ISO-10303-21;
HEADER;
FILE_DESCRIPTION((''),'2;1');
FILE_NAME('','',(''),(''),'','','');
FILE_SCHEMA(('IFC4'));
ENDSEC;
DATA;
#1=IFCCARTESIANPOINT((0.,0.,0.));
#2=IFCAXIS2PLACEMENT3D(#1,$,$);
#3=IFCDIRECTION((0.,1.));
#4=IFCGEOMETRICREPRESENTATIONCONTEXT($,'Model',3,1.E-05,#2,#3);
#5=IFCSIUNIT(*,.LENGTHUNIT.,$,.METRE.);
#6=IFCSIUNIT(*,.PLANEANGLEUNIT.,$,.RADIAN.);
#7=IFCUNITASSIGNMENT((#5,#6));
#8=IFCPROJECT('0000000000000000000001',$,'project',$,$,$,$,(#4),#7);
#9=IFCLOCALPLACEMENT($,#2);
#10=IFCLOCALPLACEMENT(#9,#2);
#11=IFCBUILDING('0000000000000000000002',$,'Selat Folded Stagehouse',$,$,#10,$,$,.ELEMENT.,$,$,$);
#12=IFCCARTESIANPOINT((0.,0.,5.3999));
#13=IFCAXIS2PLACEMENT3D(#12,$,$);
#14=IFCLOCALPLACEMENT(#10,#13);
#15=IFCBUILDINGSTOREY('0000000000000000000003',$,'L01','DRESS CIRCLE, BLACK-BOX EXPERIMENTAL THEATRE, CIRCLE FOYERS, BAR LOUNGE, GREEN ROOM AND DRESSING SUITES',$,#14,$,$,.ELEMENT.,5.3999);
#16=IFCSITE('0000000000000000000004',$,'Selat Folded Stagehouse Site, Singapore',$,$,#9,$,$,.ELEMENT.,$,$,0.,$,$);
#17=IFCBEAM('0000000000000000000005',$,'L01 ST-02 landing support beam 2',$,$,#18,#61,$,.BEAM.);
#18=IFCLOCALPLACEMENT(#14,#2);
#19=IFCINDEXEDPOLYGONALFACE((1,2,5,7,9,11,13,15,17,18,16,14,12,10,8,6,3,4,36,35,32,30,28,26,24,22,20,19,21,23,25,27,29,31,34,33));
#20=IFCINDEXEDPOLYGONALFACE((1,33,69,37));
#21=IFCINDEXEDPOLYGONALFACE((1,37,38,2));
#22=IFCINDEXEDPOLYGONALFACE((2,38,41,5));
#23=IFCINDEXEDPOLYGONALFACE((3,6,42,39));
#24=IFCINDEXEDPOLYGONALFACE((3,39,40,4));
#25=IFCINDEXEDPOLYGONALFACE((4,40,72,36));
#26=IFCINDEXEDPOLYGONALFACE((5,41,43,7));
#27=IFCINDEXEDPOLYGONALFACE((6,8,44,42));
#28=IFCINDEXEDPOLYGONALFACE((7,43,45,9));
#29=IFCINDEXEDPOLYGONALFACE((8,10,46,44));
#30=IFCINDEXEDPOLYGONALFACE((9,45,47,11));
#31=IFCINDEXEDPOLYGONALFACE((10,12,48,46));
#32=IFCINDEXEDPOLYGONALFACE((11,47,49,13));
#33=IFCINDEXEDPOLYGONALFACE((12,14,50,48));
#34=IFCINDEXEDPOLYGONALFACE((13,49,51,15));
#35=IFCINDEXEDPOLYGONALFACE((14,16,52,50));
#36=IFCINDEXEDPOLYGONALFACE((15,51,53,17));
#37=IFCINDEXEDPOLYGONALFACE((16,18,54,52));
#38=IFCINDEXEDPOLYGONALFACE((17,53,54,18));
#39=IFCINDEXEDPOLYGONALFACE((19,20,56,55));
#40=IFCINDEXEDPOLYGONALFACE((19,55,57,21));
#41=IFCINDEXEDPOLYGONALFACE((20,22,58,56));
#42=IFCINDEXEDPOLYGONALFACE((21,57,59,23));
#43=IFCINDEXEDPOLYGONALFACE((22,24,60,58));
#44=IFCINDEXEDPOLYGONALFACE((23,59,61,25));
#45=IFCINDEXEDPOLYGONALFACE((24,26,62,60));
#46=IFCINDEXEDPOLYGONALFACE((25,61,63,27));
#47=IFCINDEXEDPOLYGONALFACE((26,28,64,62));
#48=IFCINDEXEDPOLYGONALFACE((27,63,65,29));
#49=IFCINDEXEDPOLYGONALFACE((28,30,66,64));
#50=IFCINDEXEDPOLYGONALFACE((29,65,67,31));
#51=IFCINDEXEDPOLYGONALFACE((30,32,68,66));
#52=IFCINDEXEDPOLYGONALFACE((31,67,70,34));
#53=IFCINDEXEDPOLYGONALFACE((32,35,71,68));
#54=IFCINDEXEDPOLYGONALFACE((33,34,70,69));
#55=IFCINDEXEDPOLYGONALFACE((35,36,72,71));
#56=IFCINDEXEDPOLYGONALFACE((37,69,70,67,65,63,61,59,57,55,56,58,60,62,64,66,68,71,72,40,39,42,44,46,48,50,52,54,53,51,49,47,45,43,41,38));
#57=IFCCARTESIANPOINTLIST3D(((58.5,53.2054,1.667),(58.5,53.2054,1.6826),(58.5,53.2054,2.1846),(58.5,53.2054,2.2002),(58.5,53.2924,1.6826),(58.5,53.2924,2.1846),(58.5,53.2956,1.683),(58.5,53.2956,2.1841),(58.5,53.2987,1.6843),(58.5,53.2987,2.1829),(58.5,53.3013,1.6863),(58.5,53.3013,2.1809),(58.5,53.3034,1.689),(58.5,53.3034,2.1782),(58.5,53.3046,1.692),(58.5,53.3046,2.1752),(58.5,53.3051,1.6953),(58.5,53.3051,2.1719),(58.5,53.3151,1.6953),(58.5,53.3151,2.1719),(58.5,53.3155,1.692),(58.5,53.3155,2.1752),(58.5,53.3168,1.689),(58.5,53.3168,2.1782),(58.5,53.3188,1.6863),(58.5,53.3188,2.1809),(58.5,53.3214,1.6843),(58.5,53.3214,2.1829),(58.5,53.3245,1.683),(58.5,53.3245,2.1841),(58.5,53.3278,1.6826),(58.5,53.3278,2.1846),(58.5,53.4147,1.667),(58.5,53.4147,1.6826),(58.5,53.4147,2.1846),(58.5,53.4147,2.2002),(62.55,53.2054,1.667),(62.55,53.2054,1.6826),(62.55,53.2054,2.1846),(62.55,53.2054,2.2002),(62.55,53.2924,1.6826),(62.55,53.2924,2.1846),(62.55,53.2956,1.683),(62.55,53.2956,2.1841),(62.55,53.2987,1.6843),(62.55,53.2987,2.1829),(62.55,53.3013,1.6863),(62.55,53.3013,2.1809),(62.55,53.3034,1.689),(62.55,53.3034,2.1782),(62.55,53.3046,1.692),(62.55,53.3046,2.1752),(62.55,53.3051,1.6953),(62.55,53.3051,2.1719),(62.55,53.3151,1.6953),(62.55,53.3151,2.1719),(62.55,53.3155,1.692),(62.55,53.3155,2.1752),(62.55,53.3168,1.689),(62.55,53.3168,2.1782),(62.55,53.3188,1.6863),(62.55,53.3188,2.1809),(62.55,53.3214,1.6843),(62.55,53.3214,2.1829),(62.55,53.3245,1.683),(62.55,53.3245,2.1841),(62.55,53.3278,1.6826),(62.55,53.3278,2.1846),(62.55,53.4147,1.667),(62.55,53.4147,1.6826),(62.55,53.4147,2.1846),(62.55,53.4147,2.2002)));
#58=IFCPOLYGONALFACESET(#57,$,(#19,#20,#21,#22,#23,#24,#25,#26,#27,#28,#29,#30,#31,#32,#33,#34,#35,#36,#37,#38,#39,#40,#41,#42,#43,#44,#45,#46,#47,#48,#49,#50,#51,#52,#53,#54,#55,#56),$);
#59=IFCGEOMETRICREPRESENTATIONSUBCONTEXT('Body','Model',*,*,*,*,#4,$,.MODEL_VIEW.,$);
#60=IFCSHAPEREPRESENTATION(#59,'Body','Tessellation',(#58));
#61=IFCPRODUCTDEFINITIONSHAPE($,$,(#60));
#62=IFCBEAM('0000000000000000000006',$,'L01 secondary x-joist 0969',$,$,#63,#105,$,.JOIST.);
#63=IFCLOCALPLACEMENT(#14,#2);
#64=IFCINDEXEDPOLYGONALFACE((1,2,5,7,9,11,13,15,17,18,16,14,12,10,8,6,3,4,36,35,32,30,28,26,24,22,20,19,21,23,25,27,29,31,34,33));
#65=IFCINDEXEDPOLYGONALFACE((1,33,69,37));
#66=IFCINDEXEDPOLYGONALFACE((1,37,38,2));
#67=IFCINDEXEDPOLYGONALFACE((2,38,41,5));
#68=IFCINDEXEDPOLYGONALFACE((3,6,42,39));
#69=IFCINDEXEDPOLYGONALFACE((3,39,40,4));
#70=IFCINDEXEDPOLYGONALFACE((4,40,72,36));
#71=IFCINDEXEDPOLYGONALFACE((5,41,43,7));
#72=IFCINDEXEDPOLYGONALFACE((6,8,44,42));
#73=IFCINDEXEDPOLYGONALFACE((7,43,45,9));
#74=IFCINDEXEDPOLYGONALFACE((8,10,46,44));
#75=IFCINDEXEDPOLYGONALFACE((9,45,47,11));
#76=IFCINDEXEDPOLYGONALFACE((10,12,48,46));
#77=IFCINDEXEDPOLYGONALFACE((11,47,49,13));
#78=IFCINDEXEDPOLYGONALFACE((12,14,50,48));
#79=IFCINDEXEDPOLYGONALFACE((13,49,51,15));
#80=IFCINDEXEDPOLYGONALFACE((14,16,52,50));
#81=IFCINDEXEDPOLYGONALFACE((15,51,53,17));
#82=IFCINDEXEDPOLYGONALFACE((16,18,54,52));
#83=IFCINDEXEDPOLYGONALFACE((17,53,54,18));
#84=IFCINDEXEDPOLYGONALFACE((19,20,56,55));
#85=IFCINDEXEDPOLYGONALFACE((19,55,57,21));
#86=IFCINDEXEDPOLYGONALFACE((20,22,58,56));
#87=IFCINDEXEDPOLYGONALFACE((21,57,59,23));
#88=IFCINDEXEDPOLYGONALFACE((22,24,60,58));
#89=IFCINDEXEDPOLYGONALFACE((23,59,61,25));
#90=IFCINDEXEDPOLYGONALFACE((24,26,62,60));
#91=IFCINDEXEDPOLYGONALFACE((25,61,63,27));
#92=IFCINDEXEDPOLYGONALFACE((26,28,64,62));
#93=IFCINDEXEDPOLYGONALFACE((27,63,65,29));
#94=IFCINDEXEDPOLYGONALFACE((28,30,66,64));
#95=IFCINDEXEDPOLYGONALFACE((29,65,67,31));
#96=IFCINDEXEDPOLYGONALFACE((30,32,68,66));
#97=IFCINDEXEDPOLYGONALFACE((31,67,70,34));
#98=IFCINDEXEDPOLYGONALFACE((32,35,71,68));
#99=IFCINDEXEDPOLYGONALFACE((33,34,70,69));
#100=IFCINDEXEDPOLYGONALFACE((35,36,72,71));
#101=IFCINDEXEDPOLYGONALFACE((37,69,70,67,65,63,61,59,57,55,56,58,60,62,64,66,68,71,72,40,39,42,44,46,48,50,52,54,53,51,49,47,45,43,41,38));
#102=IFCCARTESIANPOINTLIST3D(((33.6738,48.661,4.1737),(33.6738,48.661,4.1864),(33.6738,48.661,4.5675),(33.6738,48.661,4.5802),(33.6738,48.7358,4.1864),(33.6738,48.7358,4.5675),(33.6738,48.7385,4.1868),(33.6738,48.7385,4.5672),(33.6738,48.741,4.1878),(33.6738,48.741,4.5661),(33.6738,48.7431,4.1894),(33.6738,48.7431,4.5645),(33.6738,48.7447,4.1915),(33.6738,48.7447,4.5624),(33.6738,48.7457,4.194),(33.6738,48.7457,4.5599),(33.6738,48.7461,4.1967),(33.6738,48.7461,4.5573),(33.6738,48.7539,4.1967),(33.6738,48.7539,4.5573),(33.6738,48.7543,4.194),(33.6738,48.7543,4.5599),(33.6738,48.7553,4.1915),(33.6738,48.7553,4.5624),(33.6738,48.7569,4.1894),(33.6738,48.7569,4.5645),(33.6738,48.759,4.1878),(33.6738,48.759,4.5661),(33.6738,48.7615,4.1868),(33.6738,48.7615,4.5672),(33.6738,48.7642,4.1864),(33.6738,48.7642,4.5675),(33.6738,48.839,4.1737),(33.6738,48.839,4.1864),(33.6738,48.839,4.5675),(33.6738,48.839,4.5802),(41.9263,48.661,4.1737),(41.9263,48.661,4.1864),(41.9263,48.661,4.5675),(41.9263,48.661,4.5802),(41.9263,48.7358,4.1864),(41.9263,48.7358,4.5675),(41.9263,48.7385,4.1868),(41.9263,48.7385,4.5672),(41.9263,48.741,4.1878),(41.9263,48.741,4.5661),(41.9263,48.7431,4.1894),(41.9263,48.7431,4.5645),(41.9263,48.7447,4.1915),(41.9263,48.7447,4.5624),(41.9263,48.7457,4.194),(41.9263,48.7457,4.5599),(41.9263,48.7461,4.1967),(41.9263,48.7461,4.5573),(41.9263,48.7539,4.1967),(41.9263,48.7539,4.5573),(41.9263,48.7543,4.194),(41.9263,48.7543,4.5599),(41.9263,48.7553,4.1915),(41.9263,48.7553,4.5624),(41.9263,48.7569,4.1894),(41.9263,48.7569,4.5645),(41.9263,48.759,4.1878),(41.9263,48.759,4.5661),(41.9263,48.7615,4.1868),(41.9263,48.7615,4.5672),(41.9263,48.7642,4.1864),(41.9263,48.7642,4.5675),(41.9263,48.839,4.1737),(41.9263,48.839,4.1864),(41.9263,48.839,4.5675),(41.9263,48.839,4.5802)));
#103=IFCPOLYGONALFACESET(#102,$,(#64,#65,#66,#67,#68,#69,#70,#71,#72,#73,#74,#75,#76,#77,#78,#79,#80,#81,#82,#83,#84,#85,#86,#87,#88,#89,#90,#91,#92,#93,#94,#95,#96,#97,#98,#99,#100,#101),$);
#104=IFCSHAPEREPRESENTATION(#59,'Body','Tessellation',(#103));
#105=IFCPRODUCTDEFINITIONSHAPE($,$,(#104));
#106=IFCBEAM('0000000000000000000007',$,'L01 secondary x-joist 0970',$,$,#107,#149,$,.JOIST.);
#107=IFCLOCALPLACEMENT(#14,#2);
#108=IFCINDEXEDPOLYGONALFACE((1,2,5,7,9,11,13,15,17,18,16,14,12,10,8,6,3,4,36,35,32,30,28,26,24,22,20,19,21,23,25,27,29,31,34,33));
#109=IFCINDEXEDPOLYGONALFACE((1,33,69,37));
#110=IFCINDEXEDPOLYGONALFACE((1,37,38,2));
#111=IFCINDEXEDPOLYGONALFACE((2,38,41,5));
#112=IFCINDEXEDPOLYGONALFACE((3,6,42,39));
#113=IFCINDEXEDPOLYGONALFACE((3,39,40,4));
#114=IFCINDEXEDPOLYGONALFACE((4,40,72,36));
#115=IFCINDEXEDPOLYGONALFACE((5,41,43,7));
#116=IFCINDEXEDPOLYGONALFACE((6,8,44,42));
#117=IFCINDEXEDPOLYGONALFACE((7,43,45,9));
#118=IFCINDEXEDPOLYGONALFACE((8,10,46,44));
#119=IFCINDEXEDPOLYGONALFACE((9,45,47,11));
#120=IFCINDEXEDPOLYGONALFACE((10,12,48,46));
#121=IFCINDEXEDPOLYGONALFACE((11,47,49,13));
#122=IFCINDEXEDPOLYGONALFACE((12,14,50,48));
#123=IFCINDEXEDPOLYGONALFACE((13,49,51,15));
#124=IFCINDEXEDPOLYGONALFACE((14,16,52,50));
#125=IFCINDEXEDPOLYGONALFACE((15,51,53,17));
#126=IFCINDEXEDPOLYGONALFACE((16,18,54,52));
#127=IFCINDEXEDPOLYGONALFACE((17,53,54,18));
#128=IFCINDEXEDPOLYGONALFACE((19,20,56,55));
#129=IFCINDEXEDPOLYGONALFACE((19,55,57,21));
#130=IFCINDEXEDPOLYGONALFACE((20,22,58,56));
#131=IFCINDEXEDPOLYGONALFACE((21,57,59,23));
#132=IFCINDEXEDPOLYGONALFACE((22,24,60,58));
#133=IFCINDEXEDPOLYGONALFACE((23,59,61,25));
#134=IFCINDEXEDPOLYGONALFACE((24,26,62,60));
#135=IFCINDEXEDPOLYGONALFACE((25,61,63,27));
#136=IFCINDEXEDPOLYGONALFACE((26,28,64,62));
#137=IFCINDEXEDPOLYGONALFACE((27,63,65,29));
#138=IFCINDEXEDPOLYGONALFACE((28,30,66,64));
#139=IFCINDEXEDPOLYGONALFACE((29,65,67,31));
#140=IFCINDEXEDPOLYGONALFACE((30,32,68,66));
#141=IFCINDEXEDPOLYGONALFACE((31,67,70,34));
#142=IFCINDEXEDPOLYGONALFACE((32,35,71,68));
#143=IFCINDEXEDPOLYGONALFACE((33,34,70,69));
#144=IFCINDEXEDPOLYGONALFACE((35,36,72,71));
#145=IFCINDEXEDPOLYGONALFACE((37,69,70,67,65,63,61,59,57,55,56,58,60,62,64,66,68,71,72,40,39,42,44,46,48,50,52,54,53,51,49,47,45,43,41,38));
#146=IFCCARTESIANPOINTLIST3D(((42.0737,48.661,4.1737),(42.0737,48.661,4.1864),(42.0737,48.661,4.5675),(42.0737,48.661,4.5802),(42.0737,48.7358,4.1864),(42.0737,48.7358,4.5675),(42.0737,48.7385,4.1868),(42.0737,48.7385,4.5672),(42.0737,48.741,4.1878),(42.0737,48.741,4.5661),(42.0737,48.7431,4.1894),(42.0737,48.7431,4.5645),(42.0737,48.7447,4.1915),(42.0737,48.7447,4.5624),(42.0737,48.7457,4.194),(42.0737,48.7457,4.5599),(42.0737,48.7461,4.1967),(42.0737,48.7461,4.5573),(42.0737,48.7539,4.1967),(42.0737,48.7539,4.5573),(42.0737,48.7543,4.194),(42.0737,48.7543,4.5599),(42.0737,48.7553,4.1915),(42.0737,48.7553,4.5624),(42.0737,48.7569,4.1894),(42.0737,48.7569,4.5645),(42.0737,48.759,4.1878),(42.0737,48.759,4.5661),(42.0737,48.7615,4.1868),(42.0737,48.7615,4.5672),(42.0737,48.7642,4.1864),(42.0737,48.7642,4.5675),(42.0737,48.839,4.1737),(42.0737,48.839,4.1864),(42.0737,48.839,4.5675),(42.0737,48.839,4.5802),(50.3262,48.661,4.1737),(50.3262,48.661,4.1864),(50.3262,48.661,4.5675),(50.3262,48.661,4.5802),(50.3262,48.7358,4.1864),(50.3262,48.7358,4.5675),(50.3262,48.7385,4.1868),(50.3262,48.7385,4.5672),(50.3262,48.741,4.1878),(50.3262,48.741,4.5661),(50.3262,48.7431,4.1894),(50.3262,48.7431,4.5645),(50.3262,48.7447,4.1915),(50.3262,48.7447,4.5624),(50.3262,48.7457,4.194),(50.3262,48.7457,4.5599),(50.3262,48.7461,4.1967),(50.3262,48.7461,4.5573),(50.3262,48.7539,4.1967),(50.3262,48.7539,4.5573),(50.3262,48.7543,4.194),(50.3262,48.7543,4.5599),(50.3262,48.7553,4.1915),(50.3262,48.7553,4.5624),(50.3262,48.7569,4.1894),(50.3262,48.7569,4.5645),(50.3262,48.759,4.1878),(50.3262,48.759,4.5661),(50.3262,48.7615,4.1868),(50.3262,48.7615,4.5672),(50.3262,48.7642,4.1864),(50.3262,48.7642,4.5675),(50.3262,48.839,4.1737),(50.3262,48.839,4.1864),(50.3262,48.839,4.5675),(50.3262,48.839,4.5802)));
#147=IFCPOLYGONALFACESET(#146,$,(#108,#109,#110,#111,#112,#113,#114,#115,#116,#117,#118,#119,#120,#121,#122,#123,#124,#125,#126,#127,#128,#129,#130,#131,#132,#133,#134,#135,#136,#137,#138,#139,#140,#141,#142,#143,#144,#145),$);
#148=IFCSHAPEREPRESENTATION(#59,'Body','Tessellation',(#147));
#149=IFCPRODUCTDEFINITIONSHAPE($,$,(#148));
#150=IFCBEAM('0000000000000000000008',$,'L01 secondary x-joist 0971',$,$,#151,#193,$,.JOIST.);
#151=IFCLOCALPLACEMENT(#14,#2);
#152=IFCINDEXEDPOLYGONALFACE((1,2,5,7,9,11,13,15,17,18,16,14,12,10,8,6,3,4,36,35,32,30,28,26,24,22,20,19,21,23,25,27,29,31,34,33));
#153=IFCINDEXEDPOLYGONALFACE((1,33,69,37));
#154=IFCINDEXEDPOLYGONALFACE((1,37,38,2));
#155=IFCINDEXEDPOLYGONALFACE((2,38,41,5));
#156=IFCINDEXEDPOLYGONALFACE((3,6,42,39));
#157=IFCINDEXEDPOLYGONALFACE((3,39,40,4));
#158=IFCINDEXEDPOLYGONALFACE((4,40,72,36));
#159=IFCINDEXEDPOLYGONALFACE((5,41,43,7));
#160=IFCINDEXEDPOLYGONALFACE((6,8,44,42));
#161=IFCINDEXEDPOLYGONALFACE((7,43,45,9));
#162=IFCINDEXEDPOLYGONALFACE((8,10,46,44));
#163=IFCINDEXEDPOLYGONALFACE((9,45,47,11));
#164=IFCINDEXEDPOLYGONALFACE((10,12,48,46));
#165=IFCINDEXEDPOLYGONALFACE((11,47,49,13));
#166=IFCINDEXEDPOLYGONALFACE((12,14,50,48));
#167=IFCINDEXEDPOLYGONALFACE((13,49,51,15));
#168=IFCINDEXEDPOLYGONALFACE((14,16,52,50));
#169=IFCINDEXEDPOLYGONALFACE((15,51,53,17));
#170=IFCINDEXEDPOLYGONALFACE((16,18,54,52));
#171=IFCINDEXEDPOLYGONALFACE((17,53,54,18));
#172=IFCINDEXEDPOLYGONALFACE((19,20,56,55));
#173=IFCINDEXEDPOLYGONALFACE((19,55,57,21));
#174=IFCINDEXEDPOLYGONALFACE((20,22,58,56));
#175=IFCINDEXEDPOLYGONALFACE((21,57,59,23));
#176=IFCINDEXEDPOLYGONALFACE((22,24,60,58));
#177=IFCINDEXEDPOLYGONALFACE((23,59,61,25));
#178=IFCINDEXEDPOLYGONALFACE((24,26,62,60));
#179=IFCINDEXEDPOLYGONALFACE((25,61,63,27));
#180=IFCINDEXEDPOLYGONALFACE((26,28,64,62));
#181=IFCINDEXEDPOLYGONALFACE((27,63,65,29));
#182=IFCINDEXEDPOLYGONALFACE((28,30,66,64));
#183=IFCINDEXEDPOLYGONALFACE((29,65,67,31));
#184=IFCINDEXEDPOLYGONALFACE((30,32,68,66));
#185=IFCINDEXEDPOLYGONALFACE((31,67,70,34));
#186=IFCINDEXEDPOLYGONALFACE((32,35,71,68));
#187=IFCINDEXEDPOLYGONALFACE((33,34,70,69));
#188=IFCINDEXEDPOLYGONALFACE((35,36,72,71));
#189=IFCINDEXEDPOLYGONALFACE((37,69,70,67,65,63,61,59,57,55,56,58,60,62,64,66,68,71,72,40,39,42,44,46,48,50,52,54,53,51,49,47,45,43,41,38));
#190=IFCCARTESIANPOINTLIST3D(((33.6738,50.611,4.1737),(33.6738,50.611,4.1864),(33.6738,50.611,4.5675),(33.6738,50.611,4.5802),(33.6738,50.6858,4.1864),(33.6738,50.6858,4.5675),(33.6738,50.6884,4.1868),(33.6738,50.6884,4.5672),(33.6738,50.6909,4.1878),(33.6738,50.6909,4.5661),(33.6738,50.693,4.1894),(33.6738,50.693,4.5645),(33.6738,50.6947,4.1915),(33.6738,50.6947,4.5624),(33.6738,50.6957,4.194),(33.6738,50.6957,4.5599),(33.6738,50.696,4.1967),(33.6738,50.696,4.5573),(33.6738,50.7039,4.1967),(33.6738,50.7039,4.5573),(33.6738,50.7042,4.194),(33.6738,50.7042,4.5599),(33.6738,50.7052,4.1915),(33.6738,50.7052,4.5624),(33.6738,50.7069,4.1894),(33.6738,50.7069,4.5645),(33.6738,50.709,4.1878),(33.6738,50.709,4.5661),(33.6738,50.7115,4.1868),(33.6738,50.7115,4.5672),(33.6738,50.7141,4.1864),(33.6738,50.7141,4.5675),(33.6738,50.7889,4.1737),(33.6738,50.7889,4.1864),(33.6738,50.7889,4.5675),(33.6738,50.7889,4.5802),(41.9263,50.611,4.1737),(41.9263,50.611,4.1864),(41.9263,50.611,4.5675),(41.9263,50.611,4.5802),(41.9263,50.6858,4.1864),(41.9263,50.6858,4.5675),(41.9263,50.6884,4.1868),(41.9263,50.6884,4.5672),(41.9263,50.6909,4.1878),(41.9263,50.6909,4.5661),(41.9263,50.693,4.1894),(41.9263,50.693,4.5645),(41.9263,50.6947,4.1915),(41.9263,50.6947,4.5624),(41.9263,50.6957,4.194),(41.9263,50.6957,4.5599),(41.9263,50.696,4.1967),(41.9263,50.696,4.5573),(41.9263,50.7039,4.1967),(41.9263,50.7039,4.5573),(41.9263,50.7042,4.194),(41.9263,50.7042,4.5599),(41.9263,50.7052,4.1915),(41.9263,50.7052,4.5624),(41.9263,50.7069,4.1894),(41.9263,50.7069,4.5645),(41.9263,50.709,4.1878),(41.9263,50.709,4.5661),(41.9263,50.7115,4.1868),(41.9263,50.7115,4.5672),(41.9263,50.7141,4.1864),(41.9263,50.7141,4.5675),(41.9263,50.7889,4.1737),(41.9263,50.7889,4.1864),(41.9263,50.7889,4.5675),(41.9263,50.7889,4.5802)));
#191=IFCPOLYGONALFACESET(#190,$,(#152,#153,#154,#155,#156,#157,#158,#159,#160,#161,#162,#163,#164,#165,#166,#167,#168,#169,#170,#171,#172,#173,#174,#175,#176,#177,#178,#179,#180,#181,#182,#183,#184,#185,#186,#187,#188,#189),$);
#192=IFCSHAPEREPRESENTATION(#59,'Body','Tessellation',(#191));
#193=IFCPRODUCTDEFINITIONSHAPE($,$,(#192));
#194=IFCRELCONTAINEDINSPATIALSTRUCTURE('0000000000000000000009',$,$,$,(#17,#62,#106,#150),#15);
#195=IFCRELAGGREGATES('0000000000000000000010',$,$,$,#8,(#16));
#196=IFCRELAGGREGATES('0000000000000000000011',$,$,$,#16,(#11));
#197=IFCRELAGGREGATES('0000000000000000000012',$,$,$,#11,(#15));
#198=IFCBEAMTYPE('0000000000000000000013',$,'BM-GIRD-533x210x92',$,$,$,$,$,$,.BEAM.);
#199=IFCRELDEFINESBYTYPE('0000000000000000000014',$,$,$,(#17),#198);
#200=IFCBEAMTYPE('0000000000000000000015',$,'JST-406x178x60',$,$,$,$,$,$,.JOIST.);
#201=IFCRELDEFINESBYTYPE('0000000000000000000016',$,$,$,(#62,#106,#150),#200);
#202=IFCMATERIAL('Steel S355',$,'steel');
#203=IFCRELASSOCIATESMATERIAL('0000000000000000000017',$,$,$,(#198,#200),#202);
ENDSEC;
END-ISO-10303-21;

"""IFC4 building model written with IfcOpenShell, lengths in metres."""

from ifc_helpers import new_model, si_unit, direction, frame, origin, origin_2d, place, context, subcontext, project, spatial, i_section, extrude, material, material_profile, profile_set, type_object, element, save


model = new_model("IFC4")

# Units and contexts
model_context = context("Model", 3, precision=1e-05, world=origin(), true_north=direction((0.0, 1.0)))
body_context = subcontext(model_context, "Body", "Model", "MODEL_VIEW")
ifc_project = project(units=[si_unit("LENGTHUNIT", "METRE"), si_unit("PLANEANGLEUNIT", "RADIAN")], contexts=[model_context])

# Site, building, storey
site_placement = place(None, origin())
site = spatial("IfcSite", under=ifc_project, at=site_placement, Name="Selat Folded Stagehouse Site, Singapore", CompositionType="ELEMENT", RefElevation=0.0)
building_placement = place(site_placement, origin())
building = spatial("IfcBuilding", under=site, at=building_placement, Name="Selat Folded Stagehouse", CompositionType="ELEMENT")
storey_placement = place(building_placement, frame((0.0, 0.0, 5.3999)))
storey = spatial("IfcBuildingStorey", under=building, at=storey_placement, Name="L01", Description="DRESS CIRCLE, BLACK-BOX EXPERIMENTAL THEATRE, CIRCLE FOYERS, BAR LOUNGE, GREEN ROOM AND DRESSING SUITES", CompositionType="ELEMENT", Elevation=5.3999)

# Shared definitions
ifc_material_1 = material(Name="Steel S355", Category="steel")

# Beams
ifc_material_profile_1 = material_profile(ifc_material_1, i_section(OverallWidth=0.2092, OverallDepth=0.5332, WebThickness=0.01, FlangeThickness=0.0156, FilletRadius=0.0127, at=origin_2d()), Name="UKB 533x210x92")
ifc_profile_set_1 = profile_set([ifc_material_profile_1], Name="Steel S355")
beam_type_1 = type_object("IfcBeamType", Name="BM-GIRD-533x210x92", PredefinedType="BEAM", material=ifc_profile_set_1)
for number, where, z_axis, x_axis, name in (
    (1, (58.5, 53.3101, 1.9336), (1.0, 0.0, 0.0), (0.0, 1.0, 0.0), "L01 ST-02 landing support beam 2"),
):
    element("IfcBeam", number, at=place(storey_placement, frame(where, z_axis=z_axis, x_axis=x_axis)), inside=storey, type_object=beam_type_1, Name=name, PredefinedType="BEAM", context=body_context, shape_type="SweptSolid", body=[
        extrude(i_section(OverallWidth=0.2092, OverallDepth=0.5332, WebThickness=0.01, FlangeThickness=0.0156, FilletRadius=0.0127, at=origin_2d()), origin(), (0.0, 0.0, 1.0), 4.05),
    ])
ifc_material_profile_2 = material_profile(ifc_material_1, i_section(OverallWidth=0.178, OverallDepth=0.4065, WebThickness=0.0078, FlangeThickness=0.0127, FilletRadius=0.0103, at=origin_2d()), Name="UKB 406x178x60")
ifc_profile_set_2 = profile_set([ifc_material_profile_2], Name="Steel S355")
beam_type_2 = type_object("IfcBeamType", Name="JST-406x178x60", PredefinedType="JOIST", material=ifc_profile_set_2)
for number, where, z_axis, x_axis, name in (
    (2, (33.6738, 48.75, 4.377), (1.0, 0.0, 0.0), (0.0, 1.0, 0.0), "L01 secondary x-joist 0969"),
    (3, (42.0737, 48.75, 4.377), (1.0, 0.0, 0.0), (0.0, 1.0, 0.0), "L01 secondary x-joist 0970"),
    (4, (33.6738, 50.7, 4.377), (1.0, 0.0, 0.0), (0.0, 1.0, 0.0), "L01 secondary x-joist 0971"),
):
    element("IfcBeam", number, at=place(storey_placement, frame(where, z_axis=z_axis, x_axis=x_axis)), inside=storey, type_object=beam_type_2, Name=name, PredefinedType="JOIST", context=body_context, shape_type="SweptSolid", body=[
        extrude(i_section(OverallWidth=0.178, OverallDepth=0.4065, WebThickness=0.0078, FlangeThickness=0.0127, FilletRadius=0.0103, at=origin_2d()), origin(), (0.0, 0.0, 1.0), 8.2524),
    ])

save(model, "model.ifc")
